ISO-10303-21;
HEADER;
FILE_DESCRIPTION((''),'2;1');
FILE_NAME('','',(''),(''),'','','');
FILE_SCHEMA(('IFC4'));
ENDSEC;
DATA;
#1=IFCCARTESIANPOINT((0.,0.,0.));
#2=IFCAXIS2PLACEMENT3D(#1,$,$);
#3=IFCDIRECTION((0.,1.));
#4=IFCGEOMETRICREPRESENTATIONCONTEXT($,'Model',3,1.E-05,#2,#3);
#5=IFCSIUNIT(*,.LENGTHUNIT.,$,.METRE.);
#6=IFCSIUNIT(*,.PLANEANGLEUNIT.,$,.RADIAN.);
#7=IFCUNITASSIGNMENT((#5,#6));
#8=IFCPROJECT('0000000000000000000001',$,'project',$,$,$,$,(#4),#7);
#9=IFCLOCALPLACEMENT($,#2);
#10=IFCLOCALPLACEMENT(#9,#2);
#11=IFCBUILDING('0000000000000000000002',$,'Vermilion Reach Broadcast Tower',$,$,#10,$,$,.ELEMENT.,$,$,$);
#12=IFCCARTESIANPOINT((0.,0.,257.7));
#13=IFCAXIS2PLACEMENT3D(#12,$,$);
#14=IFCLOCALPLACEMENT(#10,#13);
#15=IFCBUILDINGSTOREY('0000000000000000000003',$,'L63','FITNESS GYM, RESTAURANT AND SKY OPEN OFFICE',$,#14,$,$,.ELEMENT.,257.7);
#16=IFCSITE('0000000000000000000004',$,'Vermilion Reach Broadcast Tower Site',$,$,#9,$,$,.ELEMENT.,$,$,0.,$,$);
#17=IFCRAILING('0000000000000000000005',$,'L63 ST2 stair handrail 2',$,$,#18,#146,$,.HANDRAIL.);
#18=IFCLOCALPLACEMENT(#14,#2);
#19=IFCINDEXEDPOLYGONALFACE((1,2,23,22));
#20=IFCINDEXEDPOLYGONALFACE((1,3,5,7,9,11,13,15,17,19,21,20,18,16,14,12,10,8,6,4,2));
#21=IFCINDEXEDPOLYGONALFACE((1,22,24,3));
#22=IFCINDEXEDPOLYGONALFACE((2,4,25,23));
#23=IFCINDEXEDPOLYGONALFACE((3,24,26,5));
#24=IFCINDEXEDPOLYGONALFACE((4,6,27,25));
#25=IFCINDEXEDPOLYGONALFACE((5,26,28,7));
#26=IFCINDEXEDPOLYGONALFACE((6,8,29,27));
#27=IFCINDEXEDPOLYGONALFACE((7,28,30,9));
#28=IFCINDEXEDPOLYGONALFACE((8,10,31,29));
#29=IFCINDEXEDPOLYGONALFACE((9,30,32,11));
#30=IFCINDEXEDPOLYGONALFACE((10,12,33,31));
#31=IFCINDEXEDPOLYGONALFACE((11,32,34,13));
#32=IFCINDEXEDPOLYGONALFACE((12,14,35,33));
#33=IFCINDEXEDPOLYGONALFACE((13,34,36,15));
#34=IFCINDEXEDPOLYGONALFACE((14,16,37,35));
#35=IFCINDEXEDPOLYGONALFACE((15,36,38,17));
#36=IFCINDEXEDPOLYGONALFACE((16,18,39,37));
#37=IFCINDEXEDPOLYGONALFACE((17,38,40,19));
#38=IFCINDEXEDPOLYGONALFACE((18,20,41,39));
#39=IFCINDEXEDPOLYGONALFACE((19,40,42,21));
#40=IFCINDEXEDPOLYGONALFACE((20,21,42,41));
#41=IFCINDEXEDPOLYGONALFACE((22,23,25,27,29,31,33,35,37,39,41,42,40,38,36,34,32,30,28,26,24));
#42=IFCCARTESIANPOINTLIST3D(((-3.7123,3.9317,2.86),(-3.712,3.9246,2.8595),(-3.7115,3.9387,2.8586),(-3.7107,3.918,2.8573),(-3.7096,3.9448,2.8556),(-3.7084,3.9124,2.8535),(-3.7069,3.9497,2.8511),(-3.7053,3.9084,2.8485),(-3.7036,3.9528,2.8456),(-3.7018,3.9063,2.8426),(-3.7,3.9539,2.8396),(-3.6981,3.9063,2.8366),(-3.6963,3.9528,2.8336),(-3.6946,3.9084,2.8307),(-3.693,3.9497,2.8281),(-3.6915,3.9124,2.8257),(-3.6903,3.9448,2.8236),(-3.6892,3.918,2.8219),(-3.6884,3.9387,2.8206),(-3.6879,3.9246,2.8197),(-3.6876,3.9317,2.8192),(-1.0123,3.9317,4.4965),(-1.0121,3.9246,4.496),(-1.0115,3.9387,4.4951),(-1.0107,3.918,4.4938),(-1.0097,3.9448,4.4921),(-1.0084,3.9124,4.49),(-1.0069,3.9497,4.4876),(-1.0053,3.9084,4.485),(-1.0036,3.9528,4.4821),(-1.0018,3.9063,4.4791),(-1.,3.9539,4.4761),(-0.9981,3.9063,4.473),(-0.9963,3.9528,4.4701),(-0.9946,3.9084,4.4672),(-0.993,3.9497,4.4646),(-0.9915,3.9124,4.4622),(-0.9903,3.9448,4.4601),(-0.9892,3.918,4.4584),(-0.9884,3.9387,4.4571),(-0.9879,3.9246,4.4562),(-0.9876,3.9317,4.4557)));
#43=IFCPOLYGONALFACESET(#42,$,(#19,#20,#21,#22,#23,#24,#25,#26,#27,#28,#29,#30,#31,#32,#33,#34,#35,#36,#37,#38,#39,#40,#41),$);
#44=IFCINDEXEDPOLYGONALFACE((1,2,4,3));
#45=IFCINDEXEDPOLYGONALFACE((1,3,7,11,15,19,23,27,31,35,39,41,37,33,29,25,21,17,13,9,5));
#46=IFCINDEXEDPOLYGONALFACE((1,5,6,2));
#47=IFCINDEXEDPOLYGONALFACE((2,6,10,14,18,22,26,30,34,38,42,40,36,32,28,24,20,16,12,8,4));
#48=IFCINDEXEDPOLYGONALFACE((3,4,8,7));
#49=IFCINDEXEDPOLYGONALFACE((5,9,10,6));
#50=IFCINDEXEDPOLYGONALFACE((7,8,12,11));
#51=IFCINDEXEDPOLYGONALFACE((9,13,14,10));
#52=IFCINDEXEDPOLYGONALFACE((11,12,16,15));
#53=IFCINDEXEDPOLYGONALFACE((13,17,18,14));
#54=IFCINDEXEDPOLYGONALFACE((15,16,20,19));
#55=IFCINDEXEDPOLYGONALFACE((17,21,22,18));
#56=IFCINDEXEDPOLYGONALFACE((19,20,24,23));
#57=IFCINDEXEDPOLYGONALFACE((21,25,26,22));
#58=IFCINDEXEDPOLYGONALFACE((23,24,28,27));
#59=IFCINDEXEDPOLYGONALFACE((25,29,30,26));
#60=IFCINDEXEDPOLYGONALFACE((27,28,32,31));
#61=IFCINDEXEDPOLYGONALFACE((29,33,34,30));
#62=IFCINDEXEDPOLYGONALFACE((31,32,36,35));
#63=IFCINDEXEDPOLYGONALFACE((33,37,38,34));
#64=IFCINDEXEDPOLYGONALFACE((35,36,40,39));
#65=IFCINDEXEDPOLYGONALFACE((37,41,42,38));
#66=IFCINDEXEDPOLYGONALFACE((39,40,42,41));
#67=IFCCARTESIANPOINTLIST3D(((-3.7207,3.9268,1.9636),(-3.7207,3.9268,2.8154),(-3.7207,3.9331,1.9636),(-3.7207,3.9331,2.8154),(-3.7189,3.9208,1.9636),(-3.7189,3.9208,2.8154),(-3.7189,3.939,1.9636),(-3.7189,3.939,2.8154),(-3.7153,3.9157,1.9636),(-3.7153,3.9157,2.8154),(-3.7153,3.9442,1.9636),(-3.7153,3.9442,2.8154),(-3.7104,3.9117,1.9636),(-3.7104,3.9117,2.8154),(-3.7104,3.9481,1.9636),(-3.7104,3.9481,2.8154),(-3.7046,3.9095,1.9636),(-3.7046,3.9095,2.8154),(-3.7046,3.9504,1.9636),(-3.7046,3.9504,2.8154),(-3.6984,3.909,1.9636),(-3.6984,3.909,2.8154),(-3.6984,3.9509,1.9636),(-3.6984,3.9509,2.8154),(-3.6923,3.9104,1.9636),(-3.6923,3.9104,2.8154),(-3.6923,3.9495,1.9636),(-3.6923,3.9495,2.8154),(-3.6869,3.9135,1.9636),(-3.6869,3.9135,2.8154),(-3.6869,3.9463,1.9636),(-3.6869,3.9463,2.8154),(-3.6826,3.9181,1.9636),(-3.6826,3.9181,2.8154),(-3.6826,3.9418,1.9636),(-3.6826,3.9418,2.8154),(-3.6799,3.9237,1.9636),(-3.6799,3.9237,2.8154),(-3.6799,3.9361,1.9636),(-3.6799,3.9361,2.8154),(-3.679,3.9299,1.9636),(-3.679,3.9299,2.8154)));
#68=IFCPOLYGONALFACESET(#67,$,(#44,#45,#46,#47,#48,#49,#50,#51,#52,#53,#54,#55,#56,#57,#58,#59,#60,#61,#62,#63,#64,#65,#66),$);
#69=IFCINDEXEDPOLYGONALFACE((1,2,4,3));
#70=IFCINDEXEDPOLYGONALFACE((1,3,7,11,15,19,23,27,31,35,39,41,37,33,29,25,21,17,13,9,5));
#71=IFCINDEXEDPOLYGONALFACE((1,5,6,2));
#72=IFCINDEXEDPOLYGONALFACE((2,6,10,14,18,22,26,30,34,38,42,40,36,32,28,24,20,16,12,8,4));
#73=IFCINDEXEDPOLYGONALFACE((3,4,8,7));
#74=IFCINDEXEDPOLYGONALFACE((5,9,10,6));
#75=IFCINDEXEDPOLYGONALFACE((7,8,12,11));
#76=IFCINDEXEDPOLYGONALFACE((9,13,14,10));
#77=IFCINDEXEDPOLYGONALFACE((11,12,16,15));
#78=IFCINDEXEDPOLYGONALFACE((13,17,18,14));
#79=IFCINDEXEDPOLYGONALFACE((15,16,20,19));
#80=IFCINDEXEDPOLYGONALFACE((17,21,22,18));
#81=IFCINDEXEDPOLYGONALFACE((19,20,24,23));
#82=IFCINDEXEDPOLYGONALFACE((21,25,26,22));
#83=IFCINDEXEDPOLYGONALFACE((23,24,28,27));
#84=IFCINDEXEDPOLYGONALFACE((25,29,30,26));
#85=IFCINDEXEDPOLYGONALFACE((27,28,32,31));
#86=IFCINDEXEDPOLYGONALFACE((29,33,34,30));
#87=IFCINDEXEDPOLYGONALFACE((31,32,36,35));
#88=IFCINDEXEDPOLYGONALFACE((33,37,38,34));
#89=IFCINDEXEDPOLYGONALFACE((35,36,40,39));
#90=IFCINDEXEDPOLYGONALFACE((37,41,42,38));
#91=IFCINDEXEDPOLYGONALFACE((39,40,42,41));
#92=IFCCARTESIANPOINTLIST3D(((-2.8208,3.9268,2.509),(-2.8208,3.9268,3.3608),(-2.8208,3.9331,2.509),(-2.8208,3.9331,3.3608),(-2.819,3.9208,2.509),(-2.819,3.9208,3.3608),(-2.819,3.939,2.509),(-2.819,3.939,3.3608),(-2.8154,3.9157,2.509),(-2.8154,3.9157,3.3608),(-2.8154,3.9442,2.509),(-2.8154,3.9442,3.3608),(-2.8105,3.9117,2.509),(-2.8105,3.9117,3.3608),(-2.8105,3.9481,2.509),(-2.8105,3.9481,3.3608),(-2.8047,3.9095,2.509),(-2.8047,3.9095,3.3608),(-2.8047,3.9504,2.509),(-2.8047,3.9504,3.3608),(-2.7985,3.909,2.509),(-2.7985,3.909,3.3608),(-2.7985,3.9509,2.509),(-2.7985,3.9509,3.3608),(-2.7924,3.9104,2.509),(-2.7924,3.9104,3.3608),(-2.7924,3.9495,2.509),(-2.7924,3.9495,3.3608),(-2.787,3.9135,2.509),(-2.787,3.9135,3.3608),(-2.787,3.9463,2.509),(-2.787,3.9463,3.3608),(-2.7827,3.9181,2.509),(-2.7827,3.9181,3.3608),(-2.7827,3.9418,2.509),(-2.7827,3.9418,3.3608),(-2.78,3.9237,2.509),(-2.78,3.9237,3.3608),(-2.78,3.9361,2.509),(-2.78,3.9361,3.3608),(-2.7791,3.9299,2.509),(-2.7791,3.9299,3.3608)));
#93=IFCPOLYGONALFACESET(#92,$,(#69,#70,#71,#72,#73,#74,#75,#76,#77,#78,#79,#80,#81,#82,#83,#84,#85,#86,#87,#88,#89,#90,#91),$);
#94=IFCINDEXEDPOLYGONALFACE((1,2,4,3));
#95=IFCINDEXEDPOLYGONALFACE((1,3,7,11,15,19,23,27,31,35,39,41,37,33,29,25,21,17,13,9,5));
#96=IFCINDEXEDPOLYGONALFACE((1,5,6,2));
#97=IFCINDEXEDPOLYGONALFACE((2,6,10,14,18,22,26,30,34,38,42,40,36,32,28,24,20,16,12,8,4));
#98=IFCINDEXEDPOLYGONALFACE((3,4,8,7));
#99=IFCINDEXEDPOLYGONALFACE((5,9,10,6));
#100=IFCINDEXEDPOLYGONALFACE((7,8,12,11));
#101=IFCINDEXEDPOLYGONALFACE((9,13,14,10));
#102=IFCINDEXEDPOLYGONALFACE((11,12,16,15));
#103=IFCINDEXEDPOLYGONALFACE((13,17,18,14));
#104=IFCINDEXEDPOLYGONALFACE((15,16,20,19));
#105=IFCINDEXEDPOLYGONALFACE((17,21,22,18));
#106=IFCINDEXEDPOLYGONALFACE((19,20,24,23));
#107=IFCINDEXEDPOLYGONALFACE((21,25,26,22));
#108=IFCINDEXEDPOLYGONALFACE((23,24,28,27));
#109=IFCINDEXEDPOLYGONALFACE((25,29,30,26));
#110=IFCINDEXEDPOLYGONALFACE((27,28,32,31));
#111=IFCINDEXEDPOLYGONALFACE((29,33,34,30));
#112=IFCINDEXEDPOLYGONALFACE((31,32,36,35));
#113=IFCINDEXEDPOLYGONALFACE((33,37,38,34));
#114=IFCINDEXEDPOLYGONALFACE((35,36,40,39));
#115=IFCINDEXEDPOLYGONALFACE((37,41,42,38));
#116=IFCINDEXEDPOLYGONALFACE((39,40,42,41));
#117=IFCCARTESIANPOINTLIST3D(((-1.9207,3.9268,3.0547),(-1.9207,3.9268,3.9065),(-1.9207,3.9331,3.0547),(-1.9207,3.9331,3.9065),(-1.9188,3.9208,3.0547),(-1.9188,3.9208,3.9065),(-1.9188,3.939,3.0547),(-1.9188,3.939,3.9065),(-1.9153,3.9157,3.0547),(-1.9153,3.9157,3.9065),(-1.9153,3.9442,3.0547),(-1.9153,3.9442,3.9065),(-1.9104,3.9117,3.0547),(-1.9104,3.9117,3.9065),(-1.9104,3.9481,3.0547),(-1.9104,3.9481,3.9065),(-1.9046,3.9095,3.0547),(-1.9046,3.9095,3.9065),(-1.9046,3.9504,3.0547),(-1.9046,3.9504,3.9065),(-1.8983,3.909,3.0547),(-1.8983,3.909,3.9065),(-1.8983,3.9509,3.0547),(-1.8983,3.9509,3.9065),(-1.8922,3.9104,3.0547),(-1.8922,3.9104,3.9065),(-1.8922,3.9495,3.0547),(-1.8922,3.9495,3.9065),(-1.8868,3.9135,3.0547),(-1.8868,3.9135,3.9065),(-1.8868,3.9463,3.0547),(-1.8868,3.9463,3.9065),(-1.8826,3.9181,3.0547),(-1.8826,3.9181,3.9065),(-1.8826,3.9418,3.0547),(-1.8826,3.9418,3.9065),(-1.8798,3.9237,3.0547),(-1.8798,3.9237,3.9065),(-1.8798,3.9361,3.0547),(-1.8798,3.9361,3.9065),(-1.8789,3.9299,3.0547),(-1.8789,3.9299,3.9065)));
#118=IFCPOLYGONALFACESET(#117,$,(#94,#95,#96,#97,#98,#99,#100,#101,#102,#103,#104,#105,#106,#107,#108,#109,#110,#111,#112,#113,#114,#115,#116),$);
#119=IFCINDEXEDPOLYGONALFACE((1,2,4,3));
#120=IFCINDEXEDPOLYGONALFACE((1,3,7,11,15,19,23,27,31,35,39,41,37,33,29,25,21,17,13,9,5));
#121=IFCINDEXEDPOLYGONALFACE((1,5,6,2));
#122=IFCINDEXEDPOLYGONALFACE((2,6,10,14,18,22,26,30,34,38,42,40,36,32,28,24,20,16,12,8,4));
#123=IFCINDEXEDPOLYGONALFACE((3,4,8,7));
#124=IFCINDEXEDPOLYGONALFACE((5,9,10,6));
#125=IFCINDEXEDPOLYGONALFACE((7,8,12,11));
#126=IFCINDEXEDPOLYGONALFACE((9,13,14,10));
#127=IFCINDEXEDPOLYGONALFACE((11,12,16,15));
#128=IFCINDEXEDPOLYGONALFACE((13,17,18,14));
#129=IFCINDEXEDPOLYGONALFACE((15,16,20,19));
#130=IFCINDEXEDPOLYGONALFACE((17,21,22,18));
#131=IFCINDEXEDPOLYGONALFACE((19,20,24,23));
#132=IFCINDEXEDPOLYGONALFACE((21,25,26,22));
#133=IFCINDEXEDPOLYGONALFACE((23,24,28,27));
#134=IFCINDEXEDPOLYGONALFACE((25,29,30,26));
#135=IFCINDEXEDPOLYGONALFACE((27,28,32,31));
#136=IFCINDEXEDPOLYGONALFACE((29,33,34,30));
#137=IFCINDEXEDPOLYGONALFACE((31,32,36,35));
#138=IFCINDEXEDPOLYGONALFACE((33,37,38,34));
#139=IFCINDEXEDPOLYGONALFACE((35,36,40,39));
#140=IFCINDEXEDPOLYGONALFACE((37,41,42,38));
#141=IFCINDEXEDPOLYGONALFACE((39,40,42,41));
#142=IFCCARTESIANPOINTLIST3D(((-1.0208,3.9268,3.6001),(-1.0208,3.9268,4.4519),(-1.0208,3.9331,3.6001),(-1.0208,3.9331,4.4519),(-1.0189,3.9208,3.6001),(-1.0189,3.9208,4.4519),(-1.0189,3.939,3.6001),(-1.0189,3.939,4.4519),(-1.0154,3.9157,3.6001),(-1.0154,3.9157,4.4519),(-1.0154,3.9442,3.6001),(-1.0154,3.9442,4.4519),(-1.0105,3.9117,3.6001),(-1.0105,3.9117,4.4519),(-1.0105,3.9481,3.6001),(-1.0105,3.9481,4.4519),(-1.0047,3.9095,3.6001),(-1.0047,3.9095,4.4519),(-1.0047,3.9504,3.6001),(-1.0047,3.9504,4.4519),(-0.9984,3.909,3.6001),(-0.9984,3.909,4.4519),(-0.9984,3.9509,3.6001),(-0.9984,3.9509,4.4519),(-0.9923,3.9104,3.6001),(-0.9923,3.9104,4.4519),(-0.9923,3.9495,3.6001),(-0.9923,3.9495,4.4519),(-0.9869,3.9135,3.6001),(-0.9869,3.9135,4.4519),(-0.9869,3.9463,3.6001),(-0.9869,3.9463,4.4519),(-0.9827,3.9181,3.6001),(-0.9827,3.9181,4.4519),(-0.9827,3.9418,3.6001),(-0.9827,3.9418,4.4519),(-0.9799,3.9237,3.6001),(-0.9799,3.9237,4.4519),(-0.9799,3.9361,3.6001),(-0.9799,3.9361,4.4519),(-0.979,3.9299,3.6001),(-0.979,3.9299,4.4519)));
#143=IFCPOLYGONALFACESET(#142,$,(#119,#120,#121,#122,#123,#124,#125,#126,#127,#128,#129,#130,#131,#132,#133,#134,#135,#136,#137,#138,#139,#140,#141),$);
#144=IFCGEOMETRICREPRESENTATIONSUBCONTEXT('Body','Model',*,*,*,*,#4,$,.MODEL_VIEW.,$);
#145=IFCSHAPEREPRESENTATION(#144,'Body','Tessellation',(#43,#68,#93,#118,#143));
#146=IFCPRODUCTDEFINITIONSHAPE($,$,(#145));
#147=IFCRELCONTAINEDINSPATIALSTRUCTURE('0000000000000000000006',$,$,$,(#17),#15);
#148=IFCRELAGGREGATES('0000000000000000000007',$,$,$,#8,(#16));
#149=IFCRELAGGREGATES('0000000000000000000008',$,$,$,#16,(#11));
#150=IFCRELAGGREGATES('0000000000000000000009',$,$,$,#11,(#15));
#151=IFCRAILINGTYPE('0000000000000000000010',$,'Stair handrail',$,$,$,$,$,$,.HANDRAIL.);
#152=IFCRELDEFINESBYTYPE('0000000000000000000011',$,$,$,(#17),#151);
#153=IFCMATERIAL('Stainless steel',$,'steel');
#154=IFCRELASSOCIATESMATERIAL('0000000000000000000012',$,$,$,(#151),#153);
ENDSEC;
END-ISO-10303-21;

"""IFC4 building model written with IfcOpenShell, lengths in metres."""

from ifc_helpers import new_model, si_unit, direction, frame, origin, origin_2d, place, context, subcontext, project, spatial, circle, extrude, material, type_object, element, save


model = new_model("IFC4")

# Units and contexts
model_context = context("Model", 3, precision=1e-05, world=origin(), true_north=direction((0.0, 1.0)))
body_context = subcontext(model_context, "Body", "Model", "MODEL_VIEW")
ifc_project = project(units=[si_unit("LENGTHUNIT", "METRE"), si_unit("PLANEANGLEUNIT", "RADIAN")], contexts=[model_context])

# Site, building, storey
site_placement = place(None, origin())
site = spatial("IfcSite", under=ifc_project, at=site_placement, Name="Vermilion Reach Broadcast Tower Site", CompositionType="ELEMENT", RefElevation=0.0)
building_placement = place(site_placement, origin())
building = spatial("IfcBuilding", under=site, at=building_placement, Name="Vermilion Reach Broadcast Tower", CompositionType="ELEMENT")
storey_placement = place(building_placement, frame((0.0, 0.0, 257.7)))
storey = spatial("IfcBuildingStorey", under=building, at=storey_placement, Name="L63", Description="FITNESS GYM, RESTAURANT AND SKY OPEN OFFICE", CompositionType="ELEMENT", Elevation=257.7)

# Railing
ifc_material_1 = material(Name="Stainless steel", Category="steel")
railing_type_1 = type_object("IfcRailingType", Name="Stair handrail", PredefinedType="HANDRAIL", material=ifc_material_1)
railing_1_placement = place(storey_placement, frame((-3.7, 3.9299, 1.9636)))
element("IfcRailing", 1, at=railing_1_placement, inside=storey, type_object=railing_type_1, Name="L63 ST2 stair handrail 2", PredefinedType="HANDRAIL", context=body_context, shape_type="SweptSolid", body=[
    extrude(circle(Radius=0.0239, at=origin_2d()), frame((0.0, 0.0, 0.876), z_axis=(0.855178, 0.0, 0.518334), x_axis=(0.0, 1.0, 0.0)), (0.0, 0.0, 1.0), 3.1572),
    extrude(circle(Radius=0.021, at=origin_2d()), origin(), (0.0, 0.0, 1.0), 0.8518),
    extrude(circle(Radius=0.021, at=origin_2d()), frame((0.8999, 0.0, 0.5454)), (0.0, 0.0, 1.0), 0.8518),
    extrude(circle(Radius=0.021, at=origin_2d()), frame((1.8, 0.0, 1.0911)), (0.0, 0.0, 1.0), 0.8518),
    extrude(circle(Radius=0.021, at=origin_2d()), frame((2.7, 0.0, 1.6365)), (0.0, 0.0, 1.0), 0.8518),
])

save(model, "model.ifc")
